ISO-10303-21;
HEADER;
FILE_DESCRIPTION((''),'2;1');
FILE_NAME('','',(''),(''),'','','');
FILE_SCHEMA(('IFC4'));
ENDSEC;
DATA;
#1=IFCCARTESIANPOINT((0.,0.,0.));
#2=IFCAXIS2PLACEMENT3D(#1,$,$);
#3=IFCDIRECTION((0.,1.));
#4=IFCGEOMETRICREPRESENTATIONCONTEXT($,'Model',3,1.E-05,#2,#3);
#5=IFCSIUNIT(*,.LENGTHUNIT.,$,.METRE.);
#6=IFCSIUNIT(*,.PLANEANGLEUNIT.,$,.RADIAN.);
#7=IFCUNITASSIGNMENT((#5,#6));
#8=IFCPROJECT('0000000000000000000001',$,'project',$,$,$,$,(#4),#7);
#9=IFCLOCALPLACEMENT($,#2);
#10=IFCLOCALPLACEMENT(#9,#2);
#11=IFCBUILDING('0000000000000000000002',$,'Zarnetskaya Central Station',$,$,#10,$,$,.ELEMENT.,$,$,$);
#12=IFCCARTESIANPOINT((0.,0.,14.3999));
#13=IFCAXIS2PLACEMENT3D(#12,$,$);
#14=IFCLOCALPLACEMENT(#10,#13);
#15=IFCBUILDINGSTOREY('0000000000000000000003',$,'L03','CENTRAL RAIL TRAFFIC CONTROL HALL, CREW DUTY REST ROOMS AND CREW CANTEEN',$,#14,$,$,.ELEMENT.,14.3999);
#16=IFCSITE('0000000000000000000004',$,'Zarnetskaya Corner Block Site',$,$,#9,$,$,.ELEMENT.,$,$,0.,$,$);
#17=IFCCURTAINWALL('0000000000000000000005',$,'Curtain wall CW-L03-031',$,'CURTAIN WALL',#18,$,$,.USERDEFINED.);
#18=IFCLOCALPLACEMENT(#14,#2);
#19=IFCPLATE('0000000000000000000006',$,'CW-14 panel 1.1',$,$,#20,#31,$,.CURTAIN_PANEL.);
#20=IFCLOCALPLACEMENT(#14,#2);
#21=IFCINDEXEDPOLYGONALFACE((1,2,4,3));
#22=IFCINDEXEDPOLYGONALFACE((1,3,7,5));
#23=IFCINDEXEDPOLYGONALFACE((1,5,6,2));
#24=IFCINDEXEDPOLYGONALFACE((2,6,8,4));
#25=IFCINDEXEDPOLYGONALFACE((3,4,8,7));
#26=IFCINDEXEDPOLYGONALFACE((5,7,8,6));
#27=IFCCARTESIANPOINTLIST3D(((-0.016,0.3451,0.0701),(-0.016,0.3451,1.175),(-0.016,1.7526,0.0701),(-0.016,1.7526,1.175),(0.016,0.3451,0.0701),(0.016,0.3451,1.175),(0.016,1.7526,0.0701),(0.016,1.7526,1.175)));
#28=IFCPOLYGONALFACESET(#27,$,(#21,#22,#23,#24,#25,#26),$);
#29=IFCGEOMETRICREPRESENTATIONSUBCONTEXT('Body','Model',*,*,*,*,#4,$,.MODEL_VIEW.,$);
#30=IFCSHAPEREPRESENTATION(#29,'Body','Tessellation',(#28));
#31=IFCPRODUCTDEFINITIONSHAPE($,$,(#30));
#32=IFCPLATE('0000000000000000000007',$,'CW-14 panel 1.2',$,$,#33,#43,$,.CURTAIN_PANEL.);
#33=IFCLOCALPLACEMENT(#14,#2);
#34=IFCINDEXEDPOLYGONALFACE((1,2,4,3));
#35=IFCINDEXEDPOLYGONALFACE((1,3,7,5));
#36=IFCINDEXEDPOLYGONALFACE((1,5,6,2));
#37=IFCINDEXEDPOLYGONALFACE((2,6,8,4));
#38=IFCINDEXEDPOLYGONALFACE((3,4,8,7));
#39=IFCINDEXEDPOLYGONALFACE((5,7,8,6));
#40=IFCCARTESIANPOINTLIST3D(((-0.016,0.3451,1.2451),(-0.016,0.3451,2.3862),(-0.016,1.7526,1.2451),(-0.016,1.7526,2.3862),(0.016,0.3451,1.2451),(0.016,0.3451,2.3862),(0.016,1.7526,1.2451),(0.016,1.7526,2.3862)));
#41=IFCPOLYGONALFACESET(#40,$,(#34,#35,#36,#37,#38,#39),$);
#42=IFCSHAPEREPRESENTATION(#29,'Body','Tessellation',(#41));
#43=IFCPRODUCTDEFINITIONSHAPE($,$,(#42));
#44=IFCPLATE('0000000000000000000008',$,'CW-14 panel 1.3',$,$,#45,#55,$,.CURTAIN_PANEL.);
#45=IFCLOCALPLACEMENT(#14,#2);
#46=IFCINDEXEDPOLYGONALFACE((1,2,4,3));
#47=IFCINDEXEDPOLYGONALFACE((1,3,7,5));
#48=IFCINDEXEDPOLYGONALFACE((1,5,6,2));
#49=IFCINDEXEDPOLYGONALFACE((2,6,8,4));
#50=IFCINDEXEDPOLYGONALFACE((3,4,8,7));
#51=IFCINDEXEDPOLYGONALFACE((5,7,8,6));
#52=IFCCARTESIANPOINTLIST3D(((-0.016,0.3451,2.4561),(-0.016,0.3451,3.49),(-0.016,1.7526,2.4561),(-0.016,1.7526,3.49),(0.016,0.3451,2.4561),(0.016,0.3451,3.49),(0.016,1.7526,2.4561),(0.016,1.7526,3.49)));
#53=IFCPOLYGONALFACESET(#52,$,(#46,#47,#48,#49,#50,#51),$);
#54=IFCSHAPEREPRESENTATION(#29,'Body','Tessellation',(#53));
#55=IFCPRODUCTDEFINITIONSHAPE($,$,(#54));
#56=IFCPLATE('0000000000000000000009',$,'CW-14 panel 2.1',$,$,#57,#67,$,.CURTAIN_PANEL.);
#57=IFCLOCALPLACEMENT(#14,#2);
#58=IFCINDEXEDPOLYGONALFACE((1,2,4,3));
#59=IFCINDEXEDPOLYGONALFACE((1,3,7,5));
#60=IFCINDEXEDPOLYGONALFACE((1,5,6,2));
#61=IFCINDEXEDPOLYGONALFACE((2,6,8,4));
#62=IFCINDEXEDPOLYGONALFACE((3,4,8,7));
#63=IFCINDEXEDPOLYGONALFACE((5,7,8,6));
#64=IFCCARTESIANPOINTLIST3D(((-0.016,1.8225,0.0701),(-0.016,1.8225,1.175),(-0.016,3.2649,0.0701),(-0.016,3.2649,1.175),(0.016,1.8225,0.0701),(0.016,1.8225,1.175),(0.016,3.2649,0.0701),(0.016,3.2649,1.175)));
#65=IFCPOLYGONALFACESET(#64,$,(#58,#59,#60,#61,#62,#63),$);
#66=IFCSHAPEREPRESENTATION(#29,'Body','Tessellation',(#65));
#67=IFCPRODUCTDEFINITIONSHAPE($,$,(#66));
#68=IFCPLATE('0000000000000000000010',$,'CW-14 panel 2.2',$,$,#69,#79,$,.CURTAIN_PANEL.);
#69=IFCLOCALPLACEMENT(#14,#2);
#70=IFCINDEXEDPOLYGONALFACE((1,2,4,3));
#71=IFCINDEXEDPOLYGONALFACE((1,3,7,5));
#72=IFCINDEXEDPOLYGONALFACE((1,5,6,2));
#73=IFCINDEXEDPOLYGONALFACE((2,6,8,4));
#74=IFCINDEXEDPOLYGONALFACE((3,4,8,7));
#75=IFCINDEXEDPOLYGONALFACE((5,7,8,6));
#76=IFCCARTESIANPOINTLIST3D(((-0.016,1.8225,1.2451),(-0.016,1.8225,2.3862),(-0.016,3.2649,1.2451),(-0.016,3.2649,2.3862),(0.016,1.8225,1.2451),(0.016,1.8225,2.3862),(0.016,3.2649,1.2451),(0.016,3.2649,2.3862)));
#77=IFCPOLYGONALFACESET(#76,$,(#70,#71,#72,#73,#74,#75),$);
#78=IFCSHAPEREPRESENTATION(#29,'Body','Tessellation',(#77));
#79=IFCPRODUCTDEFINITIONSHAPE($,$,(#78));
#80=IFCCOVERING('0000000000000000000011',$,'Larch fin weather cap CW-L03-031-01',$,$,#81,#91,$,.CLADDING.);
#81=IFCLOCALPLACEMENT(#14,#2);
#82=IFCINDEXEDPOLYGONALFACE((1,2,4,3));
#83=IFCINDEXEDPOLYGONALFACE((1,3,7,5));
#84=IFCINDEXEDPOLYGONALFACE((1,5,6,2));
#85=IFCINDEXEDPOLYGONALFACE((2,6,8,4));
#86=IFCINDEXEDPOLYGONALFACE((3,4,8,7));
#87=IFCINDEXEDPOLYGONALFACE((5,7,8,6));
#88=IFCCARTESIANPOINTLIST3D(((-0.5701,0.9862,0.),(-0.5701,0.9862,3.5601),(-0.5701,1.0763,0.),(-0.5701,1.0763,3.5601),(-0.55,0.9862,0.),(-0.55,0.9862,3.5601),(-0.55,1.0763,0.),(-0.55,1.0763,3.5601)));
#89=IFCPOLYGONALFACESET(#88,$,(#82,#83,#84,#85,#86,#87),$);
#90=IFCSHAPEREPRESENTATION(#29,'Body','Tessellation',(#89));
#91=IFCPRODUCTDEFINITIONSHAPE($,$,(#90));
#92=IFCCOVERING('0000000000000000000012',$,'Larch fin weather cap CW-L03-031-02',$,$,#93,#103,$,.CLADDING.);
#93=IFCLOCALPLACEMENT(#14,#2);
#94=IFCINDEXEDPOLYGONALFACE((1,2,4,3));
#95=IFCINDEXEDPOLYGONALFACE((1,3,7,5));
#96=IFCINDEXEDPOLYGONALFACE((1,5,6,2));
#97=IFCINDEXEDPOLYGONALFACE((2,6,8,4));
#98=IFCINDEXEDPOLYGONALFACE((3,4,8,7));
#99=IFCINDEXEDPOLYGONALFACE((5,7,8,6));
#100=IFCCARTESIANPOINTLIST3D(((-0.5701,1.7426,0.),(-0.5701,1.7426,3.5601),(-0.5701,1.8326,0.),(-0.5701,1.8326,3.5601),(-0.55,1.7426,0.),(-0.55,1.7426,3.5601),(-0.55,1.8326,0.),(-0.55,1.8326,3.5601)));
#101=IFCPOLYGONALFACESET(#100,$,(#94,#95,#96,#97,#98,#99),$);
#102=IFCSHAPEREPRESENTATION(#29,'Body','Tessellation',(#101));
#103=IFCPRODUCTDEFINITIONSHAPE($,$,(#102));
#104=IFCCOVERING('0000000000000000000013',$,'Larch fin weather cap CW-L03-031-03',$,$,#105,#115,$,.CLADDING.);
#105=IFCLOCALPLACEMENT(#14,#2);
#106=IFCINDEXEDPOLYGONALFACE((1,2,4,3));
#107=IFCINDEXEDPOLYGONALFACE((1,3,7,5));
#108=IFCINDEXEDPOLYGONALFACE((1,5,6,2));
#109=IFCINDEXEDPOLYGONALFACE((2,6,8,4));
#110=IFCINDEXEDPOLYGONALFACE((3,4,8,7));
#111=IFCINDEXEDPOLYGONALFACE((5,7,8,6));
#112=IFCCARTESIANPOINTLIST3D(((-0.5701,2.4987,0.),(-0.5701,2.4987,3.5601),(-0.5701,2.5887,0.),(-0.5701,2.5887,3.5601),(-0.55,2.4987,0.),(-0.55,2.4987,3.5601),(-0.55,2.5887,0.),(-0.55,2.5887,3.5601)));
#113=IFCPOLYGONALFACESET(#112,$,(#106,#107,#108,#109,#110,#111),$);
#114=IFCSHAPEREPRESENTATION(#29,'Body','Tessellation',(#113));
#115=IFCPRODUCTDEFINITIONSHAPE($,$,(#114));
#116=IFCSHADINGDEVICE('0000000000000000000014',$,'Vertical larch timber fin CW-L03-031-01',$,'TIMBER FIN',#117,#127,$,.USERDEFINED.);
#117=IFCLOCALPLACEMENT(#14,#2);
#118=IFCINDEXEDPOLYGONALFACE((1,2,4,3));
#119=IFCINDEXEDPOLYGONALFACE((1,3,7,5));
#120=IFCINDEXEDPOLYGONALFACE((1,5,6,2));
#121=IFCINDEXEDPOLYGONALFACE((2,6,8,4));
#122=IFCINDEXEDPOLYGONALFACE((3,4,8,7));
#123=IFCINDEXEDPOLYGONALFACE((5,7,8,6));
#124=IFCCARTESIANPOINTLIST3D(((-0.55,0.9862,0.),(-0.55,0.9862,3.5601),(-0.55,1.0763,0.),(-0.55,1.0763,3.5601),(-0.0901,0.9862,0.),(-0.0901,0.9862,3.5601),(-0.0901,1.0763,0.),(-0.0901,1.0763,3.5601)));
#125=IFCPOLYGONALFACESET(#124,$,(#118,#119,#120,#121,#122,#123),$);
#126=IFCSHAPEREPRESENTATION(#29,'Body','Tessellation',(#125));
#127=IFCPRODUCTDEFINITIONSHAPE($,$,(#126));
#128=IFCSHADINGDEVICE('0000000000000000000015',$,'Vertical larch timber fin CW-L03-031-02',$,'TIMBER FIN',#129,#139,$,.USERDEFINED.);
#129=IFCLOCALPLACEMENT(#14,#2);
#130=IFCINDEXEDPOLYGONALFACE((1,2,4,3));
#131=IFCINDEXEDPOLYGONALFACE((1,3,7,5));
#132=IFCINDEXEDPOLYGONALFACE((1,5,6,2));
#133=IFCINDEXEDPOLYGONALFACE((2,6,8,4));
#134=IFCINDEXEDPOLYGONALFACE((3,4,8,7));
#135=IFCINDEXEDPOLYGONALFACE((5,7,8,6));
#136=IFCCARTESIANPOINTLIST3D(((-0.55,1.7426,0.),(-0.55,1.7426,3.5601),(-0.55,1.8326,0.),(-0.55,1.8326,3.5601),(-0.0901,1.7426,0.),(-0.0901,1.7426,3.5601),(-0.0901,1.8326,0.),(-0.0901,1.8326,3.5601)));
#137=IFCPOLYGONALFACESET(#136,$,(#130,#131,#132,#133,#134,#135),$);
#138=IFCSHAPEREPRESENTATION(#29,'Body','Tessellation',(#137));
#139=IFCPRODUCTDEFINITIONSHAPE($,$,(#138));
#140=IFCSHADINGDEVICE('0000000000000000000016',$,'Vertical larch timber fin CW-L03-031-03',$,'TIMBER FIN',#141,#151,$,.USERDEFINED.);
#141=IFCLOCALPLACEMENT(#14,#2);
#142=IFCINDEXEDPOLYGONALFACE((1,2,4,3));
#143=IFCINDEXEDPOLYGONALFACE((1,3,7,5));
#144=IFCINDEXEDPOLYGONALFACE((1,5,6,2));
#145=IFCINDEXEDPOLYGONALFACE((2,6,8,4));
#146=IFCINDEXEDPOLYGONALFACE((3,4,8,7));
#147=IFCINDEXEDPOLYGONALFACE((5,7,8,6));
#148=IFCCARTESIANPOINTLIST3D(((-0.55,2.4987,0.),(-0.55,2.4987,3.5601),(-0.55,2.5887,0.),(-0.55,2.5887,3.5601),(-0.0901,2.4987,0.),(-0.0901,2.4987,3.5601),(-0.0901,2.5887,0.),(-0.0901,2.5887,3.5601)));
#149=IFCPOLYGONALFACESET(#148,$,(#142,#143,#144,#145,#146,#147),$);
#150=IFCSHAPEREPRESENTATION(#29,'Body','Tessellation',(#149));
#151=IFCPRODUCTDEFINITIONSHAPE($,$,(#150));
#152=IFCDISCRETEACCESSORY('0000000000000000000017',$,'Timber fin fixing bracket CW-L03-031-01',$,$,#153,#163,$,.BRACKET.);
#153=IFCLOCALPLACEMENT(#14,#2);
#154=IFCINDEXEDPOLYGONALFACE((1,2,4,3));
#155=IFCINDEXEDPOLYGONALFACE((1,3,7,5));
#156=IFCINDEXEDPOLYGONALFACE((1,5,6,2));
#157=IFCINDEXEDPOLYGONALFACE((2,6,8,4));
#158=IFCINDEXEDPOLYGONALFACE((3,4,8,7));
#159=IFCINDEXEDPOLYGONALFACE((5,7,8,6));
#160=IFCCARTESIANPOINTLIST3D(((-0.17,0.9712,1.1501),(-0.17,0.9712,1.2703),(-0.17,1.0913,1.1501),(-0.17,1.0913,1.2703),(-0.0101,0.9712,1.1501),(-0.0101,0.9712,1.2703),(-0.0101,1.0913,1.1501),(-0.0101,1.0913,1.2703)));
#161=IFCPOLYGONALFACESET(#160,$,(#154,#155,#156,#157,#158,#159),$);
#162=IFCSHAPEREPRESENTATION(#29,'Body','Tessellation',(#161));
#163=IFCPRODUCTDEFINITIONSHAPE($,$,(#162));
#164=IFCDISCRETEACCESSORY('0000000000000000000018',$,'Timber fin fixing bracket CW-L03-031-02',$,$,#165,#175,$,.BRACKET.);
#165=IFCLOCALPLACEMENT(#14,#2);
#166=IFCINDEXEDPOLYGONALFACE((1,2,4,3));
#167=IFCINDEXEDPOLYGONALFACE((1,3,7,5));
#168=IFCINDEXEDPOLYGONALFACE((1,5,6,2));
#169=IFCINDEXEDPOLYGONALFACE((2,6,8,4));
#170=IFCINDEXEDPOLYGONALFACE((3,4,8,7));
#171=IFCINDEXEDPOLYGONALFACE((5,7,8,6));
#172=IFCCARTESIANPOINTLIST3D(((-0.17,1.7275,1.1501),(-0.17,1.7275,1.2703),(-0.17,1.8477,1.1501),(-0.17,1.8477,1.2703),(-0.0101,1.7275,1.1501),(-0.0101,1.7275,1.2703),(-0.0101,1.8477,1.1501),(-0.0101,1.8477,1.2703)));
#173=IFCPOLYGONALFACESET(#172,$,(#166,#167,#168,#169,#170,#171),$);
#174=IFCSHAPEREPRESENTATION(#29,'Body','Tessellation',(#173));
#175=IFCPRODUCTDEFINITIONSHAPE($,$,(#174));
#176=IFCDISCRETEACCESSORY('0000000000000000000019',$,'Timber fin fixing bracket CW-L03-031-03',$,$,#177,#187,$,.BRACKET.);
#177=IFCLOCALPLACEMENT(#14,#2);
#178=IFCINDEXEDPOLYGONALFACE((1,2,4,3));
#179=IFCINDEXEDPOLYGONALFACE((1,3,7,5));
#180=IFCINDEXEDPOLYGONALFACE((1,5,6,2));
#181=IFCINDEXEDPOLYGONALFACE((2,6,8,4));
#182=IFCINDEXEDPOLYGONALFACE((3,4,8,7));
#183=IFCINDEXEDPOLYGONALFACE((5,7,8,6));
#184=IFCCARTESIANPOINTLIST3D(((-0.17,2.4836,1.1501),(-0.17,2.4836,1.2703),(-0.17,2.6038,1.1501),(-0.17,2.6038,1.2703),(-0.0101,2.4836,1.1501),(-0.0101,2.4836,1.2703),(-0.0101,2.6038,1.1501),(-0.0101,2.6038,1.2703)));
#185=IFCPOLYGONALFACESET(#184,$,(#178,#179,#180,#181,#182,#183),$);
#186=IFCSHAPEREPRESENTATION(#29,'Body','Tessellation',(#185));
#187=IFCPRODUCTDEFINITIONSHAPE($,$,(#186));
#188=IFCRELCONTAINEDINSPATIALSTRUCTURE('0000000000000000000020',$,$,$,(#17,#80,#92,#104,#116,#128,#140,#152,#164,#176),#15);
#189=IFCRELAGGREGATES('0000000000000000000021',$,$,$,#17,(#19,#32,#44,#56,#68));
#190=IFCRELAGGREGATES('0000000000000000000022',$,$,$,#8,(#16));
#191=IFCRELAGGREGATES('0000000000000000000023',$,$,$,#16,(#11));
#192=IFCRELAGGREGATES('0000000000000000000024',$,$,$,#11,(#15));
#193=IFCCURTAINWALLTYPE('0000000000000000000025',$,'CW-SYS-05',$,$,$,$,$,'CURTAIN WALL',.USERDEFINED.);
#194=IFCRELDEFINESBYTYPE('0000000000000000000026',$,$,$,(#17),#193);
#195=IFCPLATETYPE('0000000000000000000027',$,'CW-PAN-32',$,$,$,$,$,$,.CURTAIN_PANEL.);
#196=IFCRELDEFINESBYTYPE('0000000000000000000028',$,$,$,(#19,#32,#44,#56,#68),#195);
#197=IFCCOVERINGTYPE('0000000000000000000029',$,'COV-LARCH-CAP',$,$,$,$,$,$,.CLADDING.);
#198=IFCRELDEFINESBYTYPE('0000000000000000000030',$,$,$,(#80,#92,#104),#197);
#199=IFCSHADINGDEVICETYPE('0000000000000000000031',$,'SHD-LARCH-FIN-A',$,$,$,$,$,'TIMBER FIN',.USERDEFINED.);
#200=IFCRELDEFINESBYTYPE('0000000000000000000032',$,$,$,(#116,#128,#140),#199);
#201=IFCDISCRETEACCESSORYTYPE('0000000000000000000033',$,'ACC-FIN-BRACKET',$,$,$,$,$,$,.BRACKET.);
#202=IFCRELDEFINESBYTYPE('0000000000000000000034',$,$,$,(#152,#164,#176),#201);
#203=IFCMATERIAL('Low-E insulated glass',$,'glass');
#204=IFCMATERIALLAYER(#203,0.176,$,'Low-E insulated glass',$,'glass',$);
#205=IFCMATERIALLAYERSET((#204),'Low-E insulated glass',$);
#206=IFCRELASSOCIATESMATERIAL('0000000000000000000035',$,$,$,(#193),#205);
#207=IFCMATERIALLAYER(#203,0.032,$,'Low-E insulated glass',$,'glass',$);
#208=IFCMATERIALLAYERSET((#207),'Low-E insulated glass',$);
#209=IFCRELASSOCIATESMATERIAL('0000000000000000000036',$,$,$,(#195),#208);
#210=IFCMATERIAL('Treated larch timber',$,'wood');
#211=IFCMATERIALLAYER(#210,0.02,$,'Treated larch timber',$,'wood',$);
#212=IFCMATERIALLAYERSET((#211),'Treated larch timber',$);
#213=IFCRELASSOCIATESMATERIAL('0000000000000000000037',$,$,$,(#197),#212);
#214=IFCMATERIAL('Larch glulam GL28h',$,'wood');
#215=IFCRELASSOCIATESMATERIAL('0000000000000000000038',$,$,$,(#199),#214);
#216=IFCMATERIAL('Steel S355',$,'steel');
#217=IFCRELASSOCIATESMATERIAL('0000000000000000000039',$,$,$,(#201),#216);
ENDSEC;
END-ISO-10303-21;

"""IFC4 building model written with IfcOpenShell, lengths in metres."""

from ifc_helpers import new_model, si_unit, direction, frame, origin, origin_2d, place, context, subcontext, project, spatial, rectangle, extrude, material, layer, layer_set, type_object, element, aggregate, save


model = new_model("IFC4")

# Units and contexts
model_context = context("Model", 3, precision=1e-05, world=origin(), true_north=direction((0.0, 1.0)))
body_context = subcontext(model_context, "Body", "Model", "MODEL_VIEW")
ifc_project = project(units=[si_unit("LENGTHUNIT", "METRE"), si_unit("PLANEANGLEUNIT", "RADIAN")], contexts=[model_context])

# Site, building, storey
site_placement = place(None, origin())
site = spatial("IfcSite", under=ifc_project, at=site_placement, Name="Zarnetskaya Corner Block Site", CompositionType="ELEMENT", RefElevation=0.0)
building_placement = place(site_placement, origin())
building = spatial("IfcBuilding", under=site, at=building_placement, Name="Zarnetskaya Central Station", CompositionType="ELEMENT")
storey_placement = place(building_placement, frame((0.0, 0.0, 14.3999)))
storey = spatial("IfcBuildingStorey", under=building, at=storey_placement, Name="L03", Description="CENTRAL RAIL TRAFFIC CONTROL HALL, CREW DUTY REST ROOMS AND CREW CANTEEN", CompositionType="ELEMENT", Elevation=14.3999)

# Shared definitions
ifc_material_1 = material(Name="Steel S355", Category="steel")

# Curtain wall, plates
ifc_material_2 = material(Name="Low-E insulated glass", Category="glass")
ifc_layer_1 = layer(ifc_material_2, 0.176, Name="Low-E insulated glass", Category="glass")
ifc_layer_set_1 = layer_set([ifc_layer_1], Name="Low-E insulated glass")
curtain_wall_type = type_object("IfcCurtainWallType", Name="CW-SYS-05", ElementType="CURTAIN WALL", PredefinedType="USERDEFINED", material=ifc_layer_set_1)
curtain_wall_placement = place(storey_placement, origin())
curtain_wall = element("IfcCurtainWall", 1, at=curtain_wall_placement, inside=storey, type_object=curtain_wall_type, Name="Curtain wall CW-L03-031", ObjectType="CURTAIN WALL", PredefinedType="USERDEFINED")
ifc_layer_2 = layer(ifc_material_2, 0.032, Name="Low-E insulated glass", Category="glass")
ifc_layer_set_2 = layer_set([ifc_layer_2], Name="Low-E insulated glass")
plate_type = type_object("IfcPlateType", Name="CW-PAN-32", PredefinedType="CURTAIN_PANEL", material=ifc_layer_set_2)
plate_1_placement = place(storey_placement, frame((0.0, 1.0488, 0.0701), z_axis=(0.0, 0.0, 1.0), x_axis=(0.0, 1.0, 0.0)))
plate_1 = element("IfcPlate", 2, at=plate_1_placement, type_object=plate_type, Name="CW-14 panel 1.1", PredefinedType="CURTAIN_PANEL", context=body_context, shape_type="SweptSolid", body=[
    extrude(rectangle(XDim=1.4075, YDim=0.032, at=origin_2d()), origin(), (0.0, 0.0, 1.0), 1.105),
])
plate_2_placement = place(storey_placement, frame((0.0, 1.0488, 1.2451), z_axis=(0.0, 0.0, 1.0), x_axis=(0.0, 1.0, 0.0)))
plate_2 = element("IfcPlate", 3, at=plate_2_placement, type_object=plate_type, Name="CW-14 panel 1.2", PredefinedType="CURTAIN_PANEL", context=body_context, shape_type="SweptSolid", body=[
    extrude(rectangle(XDim=1.4075, YDim=0.032, at=origin_2d()), origin(), (0.0, 0.0, 1.0), 1.1411),
])
plate_3_placement = place(storey_placement, frame((0.0, 1.0488, 2.4561), z_axis=(0.0, 0.0, 1.0), x_axis=(0.0, 1.0, 0.0)))
plate_3 = element("IfcPlate", 4, at=plate_3_placement, type_object=plate_type, Name="CW-14 panel 1.3", PredefinedType="CURTAIN_PANEL", context=body_context, shape_type="SweptSolid", body=[
    extrude(rectangle(XDim=1.4075, YDim=0.032, at=origin_2d()), origin(), (0.0, 0.0, 1.0), 1.0339),
])
plate_4_placement = place(storey_placement, frame((0.0, 2.5437, 0.0701), z_axis=(0.0, 0.0, 1.0), x_axis=(0.0, 1.0, 0.0)))
plate_4 = element("IfcPlate", 5, at=plate_4_placement, type_object=plate_type, Name="CW-14 panel 2.1", PredefinedType="CURTAIN_PANEL", context=body_context, shape_type="SweptSolid", body=[
    extrude(rectangle(XDim=1.4424, YDim=0.032, at=origin_2d()), origin(), (0.0, 0.0, 1.0), 1.105),
])
plate_5_placement = place(storey_placement, frame((0.0, 2.5437, 1.2451), z_axis=(0.0, 0.0, 1.0), x_axis=(0.0, 1.0, 0.0)))
plate_5 = element("IfcPlate", 6, at=plate_5_placement, type_object=plate_type, Name="CW-14 panel 2.2", PredefinedType="CURTAIN_PANEL", context=body_context, shape_type="SweptSolid", body=[
    extrude(rectangle(XDim=1.4424, YDim=0.032, at=origin_2d()), origin(), (0.0, 0.0, 1.0), 1.1411),
])
aggregate(curtain_wall, [plate_1, plate_2, plate_3, plate_4, plate_5])

# Coverings
ifc_material_3 = material(Name="Treated larch timber", Category="wood")
ifc_layer_3 = layer(ifc_material_3, 0.02, Name="Treated larch timber", Category="wood")
ifc_layer_set_3 = layer_set([ifc_layer_3], Name="Treated larch timber")
covering_type = type_object("IfcCoveringType", Name="COV-LARCH-CAP", PredefinedType="CLADDING", material=ifc_layer_set_3)
for number, where, z_axis, x_axis, name in (
    (7, (-0.5601, 1.0312, 0.0), (0.0, 0.0, 1.0), (0.0, 1.0, 0.0), "Larch fin weather cap CW-L03-031-01"),
    (8, (-0.5601, 1.7876, 0.0), (0.0, 0.0, 1.0), (0.0, 1.0, 0.0), "Larch fin weather cap CW-L03-031-02"),
    (9, (-0.5601, 2.5437, 0.0), (0.0, 0.0, 1.0), (0.0, 1.0, 0.0), "Larch fin weather cap CW-L03-031-03"),
):
    element("IfcCovering", number, at=place(storey_placement, frame(where, z_axis=z_axis, x_axis=x_axis)), inside=storey, type_object=covering_type, Name=name, PredefinedType="CLADDING", context=body_context, shape_type="SweptSolid", body=[
        extrude(rectangle(XDim=0.0901, YDim=0.02, at=origin_2d()), origin(), (0.0, 0.0, 1.0), 3.5601),
    ])

# Shading devices
ifc_material_4 = material(Name="Larch glulam GL28h", Category="wood")
shading_device_type = type_object("IfcShadingDeviceType", Name="SHD-LARCH-FIN-A", ElementType="TIMBER FIN", PredefinedType="USERDEFINED", material=ifc_material_4)
for number, where, z_axis, x_axis, name in (
    (10, (-0.3201, 1.0312, 0.0), (0.0, 0.0, 1.0), (0.0, 1.0, 0.0), "Vertical larch timber fin CW-L03-031-01"),
    (11, (-0.3201, 1.7876, 0.0), (0.0, 0.0, 1.0), (0.0, 1.0, 0.0), "Vertical larch timber fin CW-L03-031-02"),
    (12, (-0.3201, 2.5437, 0.0), (0.0, 0.0, 1.0), (0.0, 1.0, 0.0), "Vertical larch timber fin CW-L03-031-03"),
):
    element("IfcShadingDevice", number, at=place(storey_placement, frame(where, z_axis=z_axis, x_axis=x_axis)), inside=storey, type_object=shading_device_type, Name=name, ObjectType="TIMBER FIN", PredefinedType="USERDEFINED", context=body_context, shape_type="SweptSolid", body=[
        extrude(rectangle(XDim=0.0901, YDim=0.46, at=origin_2d()), origin(), (0.0, 0.0, 1.0), 3.5601),
    ])

# Discrete accessories
discrete_accessory_type = type_object("IfcDiscreteAccessoryType", Name="ACC-FIN-BRACKET", PredefinedType="BRACKET", material=ifc_material_1)
for number, where, z_axis, x_axis, name in (
    (13, (-0.0901, 1.0312, 1.1501), (0.0, 0.0, 1.0), (0.0, 1.0, 0.0), "Timber fin fixing bracket CW-L03-031-01"),
    (14, (-0.0901, 1.7876, 1.1501), (0.0, 0.0, 1.0), (0.0, 1.0, 0.0), "Timber fin fixing bracket CW-L03-031-02"),
    (15, (-0.0901, 2.5437, 1.1501), (0.0, 0.0, 1.0), (0.0, 1.0, 0.0), "Timber fin fixing bracket CW-L03-031-03"),
):
    element("IfcDiscreteAccessory", number, at=place(storey_placement, frame(where, z_axis=z_axis, x_axis=x_axis)), inside=storey, type_object=discrete_accessory_type, Name=name, PredefinedType="BRACKET", context=body_context, shape_type="SweptSolid", body=[
        extrude(rectangle(XDim=0.1201, YDim=0.1599, at=origin_2d()), origin(), (0.0, 0.0, 1.0), 0.1201),
    ])

save(model, "model.ifc")
